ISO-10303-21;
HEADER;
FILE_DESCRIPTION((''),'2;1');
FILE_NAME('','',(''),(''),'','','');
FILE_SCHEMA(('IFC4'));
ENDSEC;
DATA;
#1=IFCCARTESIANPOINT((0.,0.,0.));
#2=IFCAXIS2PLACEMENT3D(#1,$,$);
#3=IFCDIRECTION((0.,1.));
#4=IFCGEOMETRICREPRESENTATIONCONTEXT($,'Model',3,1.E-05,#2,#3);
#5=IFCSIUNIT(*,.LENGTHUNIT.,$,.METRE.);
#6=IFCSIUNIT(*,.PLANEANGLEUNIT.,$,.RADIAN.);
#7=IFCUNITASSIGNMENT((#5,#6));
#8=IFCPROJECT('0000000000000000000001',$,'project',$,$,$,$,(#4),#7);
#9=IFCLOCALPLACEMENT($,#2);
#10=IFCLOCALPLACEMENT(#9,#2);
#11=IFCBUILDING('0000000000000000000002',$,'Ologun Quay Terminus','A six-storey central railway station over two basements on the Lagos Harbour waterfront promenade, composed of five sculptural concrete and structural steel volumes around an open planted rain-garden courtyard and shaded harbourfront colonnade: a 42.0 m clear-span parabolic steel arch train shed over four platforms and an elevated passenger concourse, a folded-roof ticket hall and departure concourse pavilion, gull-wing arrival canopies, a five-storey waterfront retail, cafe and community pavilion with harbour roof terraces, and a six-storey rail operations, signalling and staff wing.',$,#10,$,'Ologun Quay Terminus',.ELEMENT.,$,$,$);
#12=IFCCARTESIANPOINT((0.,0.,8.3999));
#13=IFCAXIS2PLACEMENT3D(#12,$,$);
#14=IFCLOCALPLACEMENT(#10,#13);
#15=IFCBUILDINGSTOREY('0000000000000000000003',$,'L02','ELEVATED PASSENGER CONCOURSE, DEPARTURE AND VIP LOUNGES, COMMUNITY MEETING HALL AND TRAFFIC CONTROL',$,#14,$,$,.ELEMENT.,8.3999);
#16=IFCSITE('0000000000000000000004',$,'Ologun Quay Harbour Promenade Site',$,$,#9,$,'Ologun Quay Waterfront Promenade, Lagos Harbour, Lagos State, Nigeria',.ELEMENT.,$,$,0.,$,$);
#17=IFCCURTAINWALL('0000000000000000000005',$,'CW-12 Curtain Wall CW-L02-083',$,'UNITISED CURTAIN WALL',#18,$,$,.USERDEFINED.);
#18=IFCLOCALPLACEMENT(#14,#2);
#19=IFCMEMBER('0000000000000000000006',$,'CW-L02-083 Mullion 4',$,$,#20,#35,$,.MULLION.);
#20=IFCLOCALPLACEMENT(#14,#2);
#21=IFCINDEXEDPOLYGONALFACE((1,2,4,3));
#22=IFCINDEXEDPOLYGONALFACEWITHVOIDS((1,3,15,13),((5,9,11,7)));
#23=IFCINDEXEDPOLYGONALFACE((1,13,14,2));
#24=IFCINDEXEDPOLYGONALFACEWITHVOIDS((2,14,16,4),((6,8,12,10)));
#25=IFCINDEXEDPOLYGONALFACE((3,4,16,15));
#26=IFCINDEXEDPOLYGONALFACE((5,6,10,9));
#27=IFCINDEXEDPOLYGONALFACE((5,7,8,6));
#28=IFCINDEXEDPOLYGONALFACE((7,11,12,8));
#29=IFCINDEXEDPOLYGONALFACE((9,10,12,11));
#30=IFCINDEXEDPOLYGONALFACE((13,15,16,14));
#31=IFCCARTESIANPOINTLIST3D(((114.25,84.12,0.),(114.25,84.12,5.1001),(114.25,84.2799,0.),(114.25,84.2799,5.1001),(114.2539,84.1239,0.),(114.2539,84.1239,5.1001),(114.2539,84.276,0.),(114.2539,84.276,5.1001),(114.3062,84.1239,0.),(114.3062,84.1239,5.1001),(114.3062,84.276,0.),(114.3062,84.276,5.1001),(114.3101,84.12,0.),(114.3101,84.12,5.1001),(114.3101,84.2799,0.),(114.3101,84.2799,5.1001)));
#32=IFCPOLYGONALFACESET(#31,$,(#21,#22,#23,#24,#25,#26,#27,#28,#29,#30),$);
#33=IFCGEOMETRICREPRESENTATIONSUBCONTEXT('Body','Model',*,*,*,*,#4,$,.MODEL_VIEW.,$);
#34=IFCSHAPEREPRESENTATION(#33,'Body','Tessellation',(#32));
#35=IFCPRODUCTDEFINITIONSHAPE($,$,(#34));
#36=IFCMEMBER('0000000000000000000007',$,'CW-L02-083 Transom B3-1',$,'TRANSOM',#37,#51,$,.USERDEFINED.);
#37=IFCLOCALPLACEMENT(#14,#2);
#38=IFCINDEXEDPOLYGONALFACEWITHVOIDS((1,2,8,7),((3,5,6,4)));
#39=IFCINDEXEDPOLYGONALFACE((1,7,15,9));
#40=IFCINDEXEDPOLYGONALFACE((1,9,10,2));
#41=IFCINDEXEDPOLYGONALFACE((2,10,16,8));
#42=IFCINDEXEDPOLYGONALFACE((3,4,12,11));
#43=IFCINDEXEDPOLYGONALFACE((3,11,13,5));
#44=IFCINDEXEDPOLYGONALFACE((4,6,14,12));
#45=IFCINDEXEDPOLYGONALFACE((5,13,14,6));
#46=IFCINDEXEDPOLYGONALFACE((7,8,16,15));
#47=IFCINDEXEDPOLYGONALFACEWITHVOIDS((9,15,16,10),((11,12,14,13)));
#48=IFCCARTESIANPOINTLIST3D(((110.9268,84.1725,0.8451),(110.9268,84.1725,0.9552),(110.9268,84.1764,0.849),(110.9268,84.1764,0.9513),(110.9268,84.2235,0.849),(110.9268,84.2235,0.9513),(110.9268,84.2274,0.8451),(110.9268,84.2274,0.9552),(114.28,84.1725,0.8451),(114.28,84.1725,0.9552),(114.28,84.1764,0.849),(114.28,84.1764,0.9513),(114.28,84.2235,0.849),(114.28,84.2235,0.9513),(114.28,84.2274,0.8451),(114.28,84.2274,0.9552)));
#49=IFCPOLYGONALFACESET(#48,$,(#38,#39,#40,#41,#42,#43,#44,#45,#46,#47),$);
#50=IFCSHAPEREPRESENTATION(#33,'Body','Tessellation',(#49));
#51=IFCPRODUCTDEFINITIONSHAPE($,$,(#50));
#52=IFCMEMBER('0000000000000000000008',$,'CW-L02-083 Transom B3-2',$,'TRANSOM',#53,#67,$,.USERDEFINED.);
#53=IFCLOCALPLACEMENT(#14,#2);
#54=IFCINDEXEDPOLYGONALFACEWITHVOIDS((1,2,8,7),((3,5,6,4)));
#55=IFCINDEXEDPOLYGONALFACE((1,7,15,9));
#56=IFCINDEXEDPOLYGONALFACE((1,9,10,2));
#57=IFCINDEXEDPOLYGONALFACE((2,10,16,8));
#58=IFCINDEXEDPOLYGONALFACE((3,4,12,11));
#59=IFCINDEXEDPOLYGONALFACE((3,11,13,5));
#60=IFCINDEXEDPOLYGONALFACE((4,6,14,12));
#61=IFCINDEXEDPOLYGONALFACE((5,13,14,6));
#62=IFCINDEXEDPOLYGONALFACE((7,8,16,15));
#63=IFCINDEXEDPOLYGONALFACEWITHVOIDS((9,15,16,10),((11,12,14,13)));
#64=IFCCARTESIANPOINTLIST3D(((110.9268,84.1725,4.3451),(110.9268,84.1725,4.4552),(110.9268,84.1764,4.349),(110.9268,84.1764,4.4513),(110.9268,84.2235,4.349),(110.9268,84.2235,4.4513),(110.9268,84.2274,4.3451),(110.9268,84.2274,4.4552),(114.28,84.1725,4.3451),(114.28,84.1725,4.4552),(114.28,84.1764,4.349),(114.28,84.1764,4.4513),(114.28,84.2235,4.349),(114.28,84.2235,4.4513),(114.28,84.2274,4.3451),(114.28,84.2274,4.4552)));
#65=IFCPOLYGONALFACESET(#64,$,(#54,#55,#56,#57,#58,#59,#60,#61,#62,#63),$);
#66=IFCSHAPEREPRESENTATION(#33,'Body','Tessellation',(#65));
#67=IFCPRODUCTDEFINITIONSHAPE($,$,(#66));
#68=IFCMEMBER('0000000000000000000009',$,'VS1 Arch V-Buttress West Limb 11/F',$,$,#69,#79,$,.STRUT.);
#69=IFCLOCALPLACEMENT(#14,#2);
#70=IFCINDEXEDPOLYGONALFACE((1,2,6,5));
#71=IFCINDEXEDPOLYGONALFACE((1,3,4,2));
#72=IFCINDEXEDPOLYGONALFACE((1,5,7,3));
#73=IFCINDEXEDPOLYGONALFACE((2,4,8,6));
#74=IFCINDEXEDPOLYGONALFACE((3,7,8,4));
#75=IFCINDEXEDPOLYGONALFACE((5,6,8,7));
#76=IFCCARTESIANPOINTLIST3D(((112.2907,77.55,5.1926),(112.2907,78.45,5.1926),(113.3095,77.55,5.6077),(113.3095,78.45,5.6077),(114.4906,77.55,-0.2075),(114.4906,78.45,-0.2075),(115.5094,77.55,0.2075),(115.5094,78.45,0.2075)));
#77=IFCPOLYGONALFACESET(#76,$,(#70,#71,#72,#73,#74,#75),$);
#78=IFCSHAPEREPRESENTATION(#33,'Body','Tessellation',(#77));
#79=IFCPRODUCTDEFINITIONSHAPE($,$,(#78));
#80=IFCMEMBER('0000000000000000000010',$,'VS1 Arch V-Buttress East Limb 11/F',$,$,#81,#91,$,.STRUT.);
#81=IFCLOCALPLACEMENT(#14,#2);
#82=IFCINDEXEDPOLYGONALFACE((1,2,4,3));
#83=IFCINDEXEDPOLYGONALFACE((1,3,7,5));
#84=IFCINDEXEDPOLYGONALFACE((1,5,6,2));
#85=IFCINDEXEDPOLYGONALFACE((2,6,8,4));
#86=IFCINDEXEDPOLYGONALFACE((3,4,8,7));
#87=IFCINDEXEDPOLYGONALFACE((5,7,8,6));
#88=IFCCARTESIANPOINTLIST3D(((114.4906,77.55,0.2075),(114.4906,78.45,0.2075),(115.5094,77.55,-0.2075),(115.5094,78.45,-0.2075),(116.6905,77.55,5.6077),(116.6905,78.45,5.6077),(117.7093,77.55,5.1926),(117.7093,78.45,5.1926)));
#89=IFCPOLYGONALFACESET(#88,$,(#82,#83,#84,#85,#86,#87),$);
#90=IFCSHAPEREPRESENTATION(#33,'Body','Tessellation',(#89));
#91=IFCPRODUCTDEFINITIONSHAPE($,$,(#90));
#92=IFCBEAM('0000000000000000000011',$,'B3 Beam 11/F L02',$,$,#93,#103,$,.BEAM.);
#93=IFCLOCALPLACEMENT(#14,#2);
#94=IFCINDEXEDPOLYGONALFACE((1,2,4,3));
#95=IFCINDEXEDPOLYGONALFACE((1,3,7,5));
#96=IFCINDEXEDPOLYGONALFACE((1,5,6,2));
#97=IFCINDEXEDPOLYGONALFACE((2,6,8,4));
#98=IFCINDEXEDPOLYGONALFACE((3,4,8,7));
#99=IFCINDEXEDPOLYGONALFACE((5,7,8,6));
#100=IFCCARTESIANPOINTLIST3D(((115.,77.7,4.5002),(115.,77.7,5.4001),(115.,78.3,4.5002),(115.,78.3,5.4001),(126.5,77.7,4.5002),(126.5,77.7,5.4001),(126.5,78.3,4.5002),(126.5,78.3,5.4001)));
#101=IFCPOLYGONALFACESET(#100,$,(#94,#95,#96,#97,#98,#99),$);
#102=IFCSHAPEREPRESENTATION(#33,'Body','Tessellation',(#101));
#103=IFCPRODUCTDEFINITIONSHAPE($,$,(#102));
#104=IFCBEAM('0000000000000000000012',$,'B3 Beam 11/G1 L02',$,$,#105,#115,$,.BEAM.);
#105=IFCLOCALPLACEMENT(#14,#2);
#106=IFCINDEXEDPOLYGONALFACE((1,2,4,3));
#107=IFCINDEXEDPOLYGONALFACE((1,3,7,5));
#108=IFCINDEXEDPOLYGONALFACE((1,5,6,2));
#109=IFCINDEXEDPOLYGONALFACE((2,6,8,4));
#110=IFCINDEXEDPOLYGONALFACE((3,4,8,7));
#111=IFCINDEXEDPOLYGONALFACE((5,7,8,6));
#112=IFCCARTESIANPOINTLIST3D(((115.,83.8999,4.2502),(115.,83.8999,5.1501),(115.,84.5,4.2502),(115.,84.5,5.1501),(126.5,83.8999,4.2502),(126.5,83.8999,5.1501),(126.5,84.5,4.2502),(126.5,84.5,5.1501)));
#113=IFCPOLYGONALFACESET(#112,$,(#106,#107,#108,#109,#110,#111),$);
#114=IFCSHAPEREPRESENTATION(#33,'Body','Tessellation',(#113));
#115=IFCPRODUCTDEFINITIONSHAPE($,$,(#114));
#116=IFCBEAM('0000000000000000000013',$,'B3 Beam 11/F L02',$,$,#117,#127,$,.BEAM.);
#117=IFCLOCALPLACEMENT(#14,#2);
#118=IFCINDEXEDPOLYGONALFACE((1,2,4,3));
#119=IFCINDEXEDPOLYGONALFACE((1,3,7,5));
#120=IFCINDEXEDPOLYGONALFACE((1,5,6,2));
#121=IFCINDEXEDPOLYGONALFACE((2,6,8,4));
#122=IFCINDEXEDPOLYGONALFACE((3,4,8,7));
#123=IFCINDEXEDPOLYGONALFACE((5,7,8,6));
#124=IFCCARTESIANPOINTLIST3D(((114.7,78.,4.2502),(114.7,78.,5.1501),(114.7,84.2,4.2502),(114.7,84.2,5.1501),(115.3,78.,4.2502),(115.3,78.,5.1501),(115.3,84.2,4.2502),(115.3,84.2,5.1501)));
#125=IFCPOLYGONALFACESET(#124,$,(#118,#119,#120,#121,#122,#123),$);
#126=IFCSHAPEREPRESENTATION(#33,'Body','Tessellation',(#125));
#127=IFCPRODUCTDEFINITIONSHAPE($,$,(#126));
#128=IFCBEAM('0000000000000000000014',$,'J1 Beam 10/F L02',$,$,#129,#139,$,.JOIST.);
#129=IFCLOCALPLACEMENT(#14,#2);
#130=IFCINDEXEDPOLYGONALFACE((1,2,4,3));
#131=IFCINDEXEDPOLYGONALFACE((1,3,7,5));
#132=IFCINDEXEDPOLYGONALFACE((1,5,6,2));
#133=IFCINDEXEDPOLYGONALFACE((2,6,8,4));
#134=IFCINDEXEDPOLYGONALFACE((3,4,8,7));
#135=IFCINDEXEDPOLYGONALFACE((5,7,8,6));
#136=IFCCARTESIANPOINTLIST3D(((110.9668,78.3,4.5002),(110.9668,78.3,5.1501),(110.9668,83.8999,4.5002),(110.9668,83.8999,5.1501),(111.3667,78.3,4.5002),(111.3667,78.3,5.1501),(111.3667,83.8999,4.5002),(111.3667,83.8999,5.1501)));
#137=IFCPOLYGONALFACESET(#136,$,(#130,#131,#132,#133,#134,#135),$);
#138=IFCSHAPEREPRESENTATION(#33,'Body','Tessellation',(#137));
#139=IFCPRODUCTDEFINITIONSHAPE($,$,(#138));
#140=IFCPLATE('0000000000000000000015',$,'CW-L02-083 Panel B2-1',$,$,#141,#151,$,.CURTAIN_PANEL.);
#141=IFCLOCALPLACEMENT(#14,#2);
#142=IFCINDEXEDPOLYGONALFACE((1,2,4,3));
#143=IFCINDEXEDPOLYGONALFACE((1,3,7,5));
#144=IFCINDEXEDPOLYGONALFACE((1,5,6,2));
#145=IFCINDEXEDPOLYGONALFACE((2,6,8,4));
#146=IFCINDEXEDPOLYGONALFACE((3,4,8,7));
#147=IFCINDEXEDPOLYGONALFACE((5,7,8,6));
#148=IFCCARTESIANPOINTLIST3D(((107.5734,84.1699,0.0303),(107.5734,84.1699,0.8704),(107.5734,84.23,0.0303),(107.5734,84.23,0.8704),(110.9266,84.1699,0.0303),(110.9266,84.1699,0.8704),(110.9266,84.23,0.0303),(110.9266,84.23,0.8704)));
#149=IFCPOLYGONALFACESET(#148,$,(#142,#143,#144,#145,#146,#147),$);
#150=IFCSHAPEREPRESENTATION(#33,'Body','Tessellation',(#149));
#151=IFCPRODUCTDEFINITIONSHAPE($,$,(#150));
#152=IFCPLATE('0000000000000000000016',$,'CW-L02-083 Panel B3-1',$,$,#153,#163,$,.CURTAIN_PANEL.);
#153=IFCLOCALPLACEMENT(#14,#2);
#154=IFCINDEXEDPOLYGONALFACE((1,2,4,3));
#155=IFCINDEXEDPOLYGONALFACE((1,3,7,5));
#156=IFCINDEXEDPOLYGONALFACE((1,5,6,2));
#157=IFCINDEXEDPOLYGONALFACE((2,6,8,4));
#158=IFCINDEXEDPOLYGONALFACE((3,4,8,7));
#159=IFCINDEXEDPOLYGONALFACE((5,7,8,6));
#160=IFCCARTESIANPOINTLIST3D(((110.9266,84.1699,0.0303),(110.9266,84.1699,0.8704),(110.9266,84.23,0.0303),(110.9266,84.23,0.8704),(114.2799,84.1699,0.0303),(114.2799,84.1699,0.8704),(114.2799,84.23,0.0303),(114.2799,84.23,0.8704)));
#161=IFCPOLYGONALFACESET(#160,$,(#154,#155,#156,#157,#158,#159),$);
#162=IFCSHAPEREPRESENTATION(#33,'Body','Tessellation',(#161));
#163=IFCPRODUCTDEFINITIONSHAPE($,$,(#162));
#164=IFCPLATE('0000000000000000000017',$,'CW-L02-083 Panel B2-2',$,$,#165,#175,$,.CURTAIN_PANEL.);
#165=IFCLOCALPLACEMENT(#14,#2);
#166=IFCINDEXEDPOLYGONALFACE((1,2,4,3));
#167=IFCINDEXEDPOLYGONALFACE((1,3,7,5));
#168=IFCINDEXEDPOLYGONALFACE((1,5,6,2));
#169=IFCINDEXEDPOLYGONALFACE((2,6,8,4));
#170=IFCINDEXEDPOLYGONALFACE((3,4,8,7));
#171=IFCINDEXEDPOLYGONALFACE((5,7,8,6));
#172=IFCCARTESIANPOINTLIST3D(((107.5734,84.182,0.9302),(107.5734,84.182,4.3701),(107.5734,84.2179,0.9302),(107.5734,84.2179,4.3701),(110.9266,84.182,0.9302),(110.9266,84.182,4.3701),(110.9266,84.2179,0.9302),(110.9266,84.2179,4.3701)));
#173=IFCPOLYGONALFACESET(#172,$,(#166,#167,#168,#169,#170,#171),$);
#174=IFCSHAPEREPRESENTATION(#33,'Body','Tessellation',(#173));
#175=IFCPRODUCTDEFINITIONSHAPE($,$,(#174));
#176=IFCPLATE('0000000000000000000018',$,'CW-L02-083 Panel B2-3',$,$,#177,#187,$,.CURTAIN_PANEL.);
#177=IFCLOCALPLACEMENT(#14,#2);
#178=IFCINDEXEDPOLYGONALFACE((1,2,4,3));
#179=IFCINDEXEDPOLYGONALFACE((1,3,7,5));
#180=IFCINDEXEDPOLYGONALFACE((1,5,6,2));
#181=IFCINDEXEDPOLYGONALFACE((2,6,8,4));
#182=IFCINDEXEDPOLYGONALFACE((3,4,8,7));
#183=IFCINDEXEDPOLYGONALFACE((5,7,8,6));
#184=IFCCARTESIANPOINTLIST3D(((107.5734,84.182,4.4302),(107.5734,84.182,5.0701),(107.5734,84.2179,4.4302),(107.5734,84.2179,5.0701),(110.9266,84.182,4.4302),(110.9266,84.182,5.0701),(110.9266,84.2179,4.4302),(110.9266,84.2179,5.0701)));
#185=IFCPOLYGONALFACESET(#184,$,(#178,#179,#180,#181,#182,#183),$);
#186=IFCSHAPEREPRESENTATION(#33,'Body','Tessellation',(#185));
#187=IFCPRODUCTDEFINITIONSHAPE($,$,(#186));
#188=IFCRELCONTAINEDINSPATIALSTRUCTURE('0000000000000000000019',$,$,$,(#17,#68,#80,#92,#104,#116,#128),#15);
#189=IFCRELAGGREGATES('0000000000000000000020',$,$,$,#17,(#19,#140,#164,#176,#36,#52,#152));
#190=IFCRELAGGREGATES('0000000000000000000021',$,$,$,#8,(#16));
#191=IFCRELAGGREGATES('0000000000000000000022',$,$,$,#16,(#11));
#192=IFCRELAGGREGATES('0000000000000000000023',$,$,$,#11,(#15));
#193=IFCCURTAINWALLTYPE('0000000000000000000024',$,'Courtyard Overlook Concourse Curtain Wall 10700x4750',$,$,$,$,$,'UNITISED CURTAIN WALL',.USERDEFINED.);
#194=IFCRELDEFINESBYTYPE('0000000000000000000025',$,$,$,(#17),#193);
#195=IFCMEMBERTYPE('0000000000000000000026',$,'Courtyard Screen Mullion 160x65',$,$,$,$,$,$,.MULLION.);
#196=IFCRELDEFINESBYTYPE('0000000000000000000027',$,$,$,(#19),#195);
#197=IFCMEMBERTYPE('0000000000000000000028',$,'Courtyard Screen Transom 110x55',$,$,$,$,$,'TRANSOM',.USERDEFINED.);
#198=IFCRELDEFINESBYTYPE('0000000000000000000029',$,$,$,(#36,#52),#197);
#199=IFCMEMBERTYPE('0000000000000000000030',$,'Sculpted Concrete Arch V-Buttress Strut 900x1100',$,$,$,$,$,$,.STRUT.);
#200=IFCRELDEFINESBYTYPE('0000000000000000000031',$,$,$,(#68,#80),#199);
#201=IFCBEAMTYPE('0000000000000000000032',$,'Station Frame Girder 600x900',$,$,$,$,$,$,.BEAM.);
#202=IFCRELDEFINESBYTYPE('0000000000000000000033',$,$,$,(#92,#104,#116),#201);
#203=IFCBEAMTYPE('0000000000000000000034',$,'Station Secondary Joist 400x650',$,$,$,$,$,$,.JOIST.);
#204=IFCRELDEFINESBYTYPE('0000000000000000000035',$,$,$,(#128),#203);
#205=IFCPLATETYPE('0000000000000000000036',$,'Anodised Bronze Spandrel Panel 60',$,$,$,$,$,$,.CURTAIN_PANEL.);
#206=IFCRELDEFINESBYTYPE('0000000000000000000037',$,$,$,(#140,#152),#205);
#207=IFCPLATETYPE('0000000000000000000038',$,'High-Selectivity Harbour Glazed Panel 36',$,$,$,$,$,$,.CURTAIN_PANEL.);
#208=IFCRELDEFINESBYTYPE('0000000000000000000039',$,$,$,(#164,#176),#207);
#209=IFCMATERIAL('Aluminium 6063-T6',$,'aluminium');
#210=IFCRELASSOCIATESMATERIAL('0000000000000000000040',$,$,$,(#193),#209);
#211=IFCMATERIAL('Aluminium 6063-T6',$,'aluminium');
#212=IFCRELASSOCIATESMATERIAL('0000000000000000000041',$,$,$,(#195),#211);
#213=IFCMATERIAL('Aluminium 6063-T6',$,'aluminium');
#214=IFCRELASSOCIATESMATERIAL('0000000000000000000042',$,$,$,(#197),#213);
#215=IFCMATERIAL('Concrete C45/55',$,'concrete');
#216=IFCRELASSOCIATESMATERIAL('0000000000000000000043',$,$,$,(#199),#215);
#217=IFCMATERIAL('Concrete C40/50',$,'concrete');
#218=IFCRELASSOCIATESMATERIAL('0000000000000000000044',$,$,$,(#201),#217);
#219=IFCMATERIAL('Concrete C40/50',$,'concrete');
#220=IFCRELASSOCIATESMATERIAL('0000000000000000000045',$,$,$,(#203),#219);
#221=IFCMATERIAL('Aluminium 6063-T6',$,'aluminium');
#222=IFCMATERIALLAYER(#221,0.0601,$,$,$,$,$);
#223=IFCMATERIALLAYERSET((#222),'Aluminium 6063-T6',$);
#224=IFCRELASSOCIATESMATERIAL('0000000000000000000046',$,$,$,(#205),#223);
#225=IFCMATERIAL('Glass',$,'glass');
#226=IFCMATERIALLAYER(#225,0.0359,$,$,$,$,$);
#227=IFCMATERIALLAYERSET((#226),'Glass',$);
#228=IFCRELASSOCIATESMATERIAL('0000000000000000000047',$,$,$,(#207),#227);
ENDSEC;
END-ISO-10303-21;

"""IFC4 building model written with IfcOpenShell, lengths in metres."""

from ifc_helpers import new_model, si_unit, direction, frame, origin, origin_2d, place, context, subcontext, project, spatial, rectangle, hollow_rectangle, extrude, material, layer, layer_set, material_profile, profile_set, type_object, element, aggregate, save


model = new_model("IFC4")

# Units and contexts
model_context = context("Model", 3, precision=1e-05, world=origin(), true_north=direction((0.0, 1.0)))
body_context = subcontext(model_context, "Body", "Model", "MODEL_VIEW")
ifc_project = project(units=[si_unit("LENGTHUNIT", "METRE"), si_unit("PLANEANGLEUNIT", "RADIAN")], contexts=[model_context])

# Site, building, storey
site_placement = place(None, origin())
site = spatial("IfcSite", under=ifc_project, at=site_placement, Name="Ologun Quay Harbour Promenade Site", LongName="Ologun Quay Waterfront Promenade, Lagos Harbour, Lagos State, Nigeria", CompositionType="ELEMENT", RefElevation=0.0)
building_placement = place(site_placement, origin())
building = spatial("IfcBuilding", under=site, at=building_placement, Name="Ologun Quay Terminus", Description="A six-storey central railway station over two basements on the Lagos Harbour waterfront promenade, composed of five sculptural concrete and structural steel volumes around an open planted rain-garden courtyard and shaded harbourfront colonnade: a 42.0 m clear-span parabolic steel arch train shed over four platforms and an elevated passenger concourse, a folded-roof ticket hall and departure concourse pavilion, gull-wing arrival canopies, a five-storey waterfront retail, cafe and community pavilion with harbour roof terraces, and a six-storey rail operations, signalling and staff wing.", LongName="Ologun Quay Terminus", CompositionType="ELEMENT")
storey_placement = place(building_placement, frame((0.0, 0.0, 8.3999)))
storey = spatial("IfcBuildingStorey", under=building, at=storey_placement, Name="L02", Description="ELEVATED PASSENGER CONCOURSE, DEPARTURE AND VIP LOUNGES, COMMUNITY MEETING HALL AND TRAFFIC CONTROL", CompositionType="ELEMENT", Elevation=8.3999)

# Curtain wall, members
ifc_material_1 = material(Name="Aluminium 6063-T6", Category="aluminium")
curtain_wall_type_1 = type_object("IfcCurtainWallType", Name="Courtyard Overlook Concourse Curtain Wall 10700x4750", ElementType="UNITISED CURTAIN WALL", PredefinedType="USERDEFINED", material=ifc_material_1)
curtain_wall_1_placement = place(storey_placement, origin())
curtain_wall_1 = element("IfcCurtainWall", 1, at=curtain_wall_1_placement, inside=storey, type_object=curtain_wall_type_1, Name="CW-12 Curtain Wall CW-L02-083", ObjectType="UNITISED CURTAIN WALL", PredefinedType="USERDEFINED")
ifc_material_2 = material(Name="Aluminium 6063-T6", Category="aluminium")
ifc_material_profile_1 = material_profile(ifc_material_2, hollow_rectangle(XDim=0.0601, YDim=0.1599, WallThickness=0.0039, at=origin_2d()), Name="ALU 160x60x4")
ifc_profile_set_1 = profile_set([ifc_material_profile_1], Name="Aluminium 6063-T6")
member_type_1 = type_object("IfcMemberType", Name="Courtyard Screen Mullion 160x65", PredefinedType="MULLION", material=ifc_profile_set_1)
member_1_placement = place(storey_placement, frame((114.28, 84.2, 0.0), z_axis=(0.0, 0.0, 1.0), x_axis=(1.0, 0.0, 0.0)))
member_1 = element("IfcMember", 2, at=member_1_placement, type_object=member_type_1, Name="CW-L02-083 Mullion 4", PredefinedType="MULLION", context=body_context, shape_type="SweptSolid", body=[
    extrude(hollow_rectangle(XDim=0.0601, YDim=0.1599, WallThickness=0.0039, at=origin_2d()), origin(), (0.0, 0.0, 1.0), 5.1001),
])
ifc_material_3 = material(Name="Aluminium 6063-T6", Category="aluminium")
ifc_material_profile_2 = material_profile(ifc_material_3, hollow_rectangle(XDim=0.0549, YDim=0.1101, WallThickness=0.0039, at=origin_2d()), Name="ALU 110x55x4")
ifc_profile_set_2 = profile_set([ifc_material_profile_2], Name="Aluminium 6063-T6")
member_type_2 = type_object("IfcMemberType", Name="Courtyard Screen Transom 110x55", ElementType="TRANSOM", PredefinedType="USERDEFINED", material=ifc_profile_set_2)
member_2_placement = place(storey_placement, frame((110.9268, 84.2, 0.9001), z_axis=(1.0, 0.0, 0.0), x_axis=(0.0, 1.0, 0.0)))
member_2 = element("IfcMember", 3, at=member_2_placement, type_object=member_type_2, Name="CW-L02-083 Transom B3-1", ObjectType="TRANSOM", PredefinedType="USERDEFINED", context=body_context, shape_type="SweptSolid", body=[
    extrude(hollow_rectangle(XDim=0.0549, YDim=0.1101, WallThickness=0.0039, at=origin_2d()), origin(), (0.0, 0.0, 1.0), 3.3533),
])
member_3_placement = place(storey_placement, frame((110.9268, 84.2, 4.4001), z_axis=(1.0, 0.0, 0.0), x_axis=(0.0, 1.0, 0.0)))
member_3 = element("IfcMember", 4, at=member_3_placement, type_object=member_type_2, Name="CW-L02-083 Transom B3-2", ObjectType="TRANSOM", PredefinedType="USERDEFINED", context=body_context, shape_type="SweptSolid", body=[
    extrude(hollow_rectangle(XDim=0.0549, YDim=0.1101, WallThickness=0.0039, at=origin_2d()), origin(), (0.0, 0.0, 1.0), 3.3533),
])

# Members
ifc_material_4 = material(Name="Concrete C45/55", Category="concrete")
ifc_material_profile_3 = material_profile(ifc_material_4, rectangle(XDim=0.8999, YDim=1.1001, at=origin_2d()), Name="RC 900x1100")
ifc_profile_set_3 = profile_set([ifc_material_profile_3], Name="Concrete C45/55")
member_type_3 = type_object("IfcMemberType", Name="Sculpted Concrete Arch V-Buttress Strut 900x1100", PredefinedType="STRUT", material=ifc_profile_set_3)
for number, where, z_axis, x_axis, name in (
    (5, (115.0, 78.0, 0.0), (-0.377281, 0.0, 0.926099), (0.0, -1.0, 0.0), "VS1 Arch V-Buttress West Limb 11/F"),
    (6, (115.0, 78.0, 0.0), (0.377281, 0.0, 0.926099), (0.0, 1.0, 0.0), "VS1 Arch V-Buttress East Limb 11/F"),
):
    element("IfcMember", number, at=place(storey_placement, frame(where, z_axis=z_axis, x_axis=x_axis)), inside=storey, type_object=member_type_3, Name=name, PredefinedType="STRUT", context=body_context, shape_type="SweptSolid", body=[
        extrude(rectangle(XDim=0.8999, YDim=1.1001, at=origin_2d()), origin(), (0.0, 0.0, 1.0), 5.8311),
    ])

# Beams
ifc_material_5 = material(Name="Concrete C40/50", Category="concrete")
ifc_material_profile_4 = material_profile(ifc_material_5, rectangle(XDim=0.6001, YDim=0.8999, at=origin_2d()), Name="RC 600x900")
ifc_profile_set_4 = profile_set([ifc_material_profile_4], Name="Concrete C40/50")
beam_type_1 = type_object("IfcBeamType", Name="Station Frame Girder 600x900", PredefinedType="BEAM", material=ifc_profile_set_4)
for number, where, z_axis, x_axis, name in (
    (7, (115.0, 78.0, 4.9502), (1.0, 0.0, 0.0), (0.0, 1.0, 0.0), "B3 Beam 11/F L02"),
    (8, (115.0, 84.2, 4.7002), (1.0, 0.0, 0.0), (0.0, 1.0, 0.0), "B3 Beam 11/G1 L02"),
):
    element("IfcBeam", number, at=place(storey_placement, frame(where, z_axis=z_axis, x_axis=x_axis)), inside=storey, type_object=beam_type_1, Name=name, PredefinedType="BEAM", context=body_context, shape_type="SweptSolid", body=[
        extrude(rectangle(XDim=0.6001, YDim=0.8999, at=origin_2d()), origin(), (0.0, 0.0, 1.0), 11.5),
    ])
beam_1_placement = place(storey_placement, frame((115.0, 78.0, 4.7002), z_axis=(0.0, 1.0, 0.0), x_axis=(-1.0, 0.0, 0.0)))
element("IfcBeam", 9, at=beam_1_placement, inside=storey, type_object=beam_type_1, Name="B3 Beam 11/F L02", PredefinedType="BEAM", context=body_context, shape_type="SweptSolid", body=[
    extrude(rectangle(XDim=0.6001, YDim=0.8999, at=origin_2d()), origin(), (0.0, 0.0, 1.0), 6.2),
])
ifc_material_6 = material(Name="Concrete C40/50", Category="concrete")
ifc_material_profile_5 = material_profile(ifc_material_6, rectangle(XDim=0.3999, YDim=0.6499, at=origin_2d()), Name="RC 400x650")
ifc_profile_set_5 = profile_set([ifc_material_profile_5], Name="Concrete C40/50")
beam_type_2 = type_object("IfcBeamType", Name="Station Secondary Joist 400x650", PredefinedType="JOIST", material=ifc_profile_set_5)
beam_2_placement = place(storey_placement, frame((111.1667, 78.3, 4.8252), z_axis=(0.0, 1.0, 0.0), x_axis=(-1.0, 0.0, 0.0)))
element("IfcBeam", 10, at=beam_2_placement, inside=storey, type_object=beam_type_2, Name="J1 Beam 10/F L02", PredefinedType="JOIST", context=body_context, shape_type="SweptSolid", body=[
    extrude(rectangle(XDim=0.3999, YDim=0.6499, at=origin_2d()), origin(), (0.0, 0.0, 1.0), 5.5999),
])

# Plates
ifc_material_7 = material(Name="Aluminium 6063-T6", Category="aluminium")
ifc_layer_1 = layer(ifc_material_7, 0.0601)
ifc_layer_set_1 = layer_set([ifc_layer_1], Name="Aluminium 6063-T6")
plate_type_1 = type_object("IfcPlateType", Name="Anodised Bronze Spandrel Panel 60", PredefinedType="CURTAIN_PANEL", material=ifc_layer_set_1)
plate_1_placement = place(storey_placement, frame((109.25, 84.2, 0.0303), z_axis=(0.0, 0.0, 1.0), x_axis=(1.0, 0.0, 0.0)))
plate_1 = element("IfcPlate", 11, at=plate_1_placement, type_object=plate_type_1, Name="CW-L02-083 Panel B2-1", PredefinedType="CURTAIN_PANEL", context=body_context, shape_type="SweptSolid", body=[
    extrude(rectangle(XDim=3.3533, YDim=0.0601, at=origin_2d()), origin(), (0.0, 0.0, 1.0), 0.8401),
])
plate_2_placement = place(storey_placement, frame((112.6033, 84.2, 0.0303), z_axis=(0.0, 0.0, 1.0), x_axis=(1.0, 0.0, 0.0)))
plate_2 = element("IfcPlate", 12, at=plate_2_placement, type_object=plate_type_1, Name="CW-L02-083 Panel B3-1", PredefinedType="CURTAIN_PANEL", context=body_context, shape_type="SweptSolid", body=[
    extrude(rectangle(XDim=3.3533, YDim=0.0601, at=origin_2d()), origin(), (0.0, 0.0, 1.0), 0.8401),
])
ifc_material_8 = material(Name="Glass", Category="glass")
ifc_layer_2 = layer(ifc_material_8, 0.0359)
ifc_layer_set_2 = layer_set([ifc_layer_2], Name="Glass")
plate_type_2 = type_object("IfcPlateType", Name="High-Selectivity Harbour Glazed Panel 36", PredefinedType="CURTAIN_PANEL", material=ifc_layer_set_2)
plate_3_placement = place(storey_placement, frame((109.25, 84.2, 0.9302), z_axis=(0.0, 0.0, 1.0), x_axis=(1.0, 0.0, 0.0)))
plate_3 = element("IfcPlate", 13, at=plate_3_placement, type_object=plate_type_2, Name="CW-L02-083 Panel B2-2", PredefinedType="CURTAIN_PANEL", context=body_context, shape_type="SweptSolid", body=[
    extrude(rectangle(XDim=3.3533, YDim=0.0359, at=origin_2d()), origin(), (0.0, 0.0, 1.0), 3.4399),
])
plate_4_placement = place(storey_placement, frame((109.25, 84.2, 4.4302), z_axis=(0.0, 0.0, 1.0), x_axis=(1.0, 0.0, 0.0)))
plate_4 = element("IfcPlate", 14, at=plate_4_placement, type_object=plate_type_2, Name="CW-L02-083 Panel B2-3", PredefinedType="CURTAIN_PANEL", context=body_context, shape_type="SweptSolid", body=[
    extrude(rectangle(XDim=3.3533, YDim=0.0359, at=origin_2d()), origin(), (0.0, 0.0, 1.0), 0.6399),
])
aggregate(curtain_wall_1, [member_1, plate_1, plate_3, plate_4, member_2, member_3, plate_2])

save(model, "model.ifc")
